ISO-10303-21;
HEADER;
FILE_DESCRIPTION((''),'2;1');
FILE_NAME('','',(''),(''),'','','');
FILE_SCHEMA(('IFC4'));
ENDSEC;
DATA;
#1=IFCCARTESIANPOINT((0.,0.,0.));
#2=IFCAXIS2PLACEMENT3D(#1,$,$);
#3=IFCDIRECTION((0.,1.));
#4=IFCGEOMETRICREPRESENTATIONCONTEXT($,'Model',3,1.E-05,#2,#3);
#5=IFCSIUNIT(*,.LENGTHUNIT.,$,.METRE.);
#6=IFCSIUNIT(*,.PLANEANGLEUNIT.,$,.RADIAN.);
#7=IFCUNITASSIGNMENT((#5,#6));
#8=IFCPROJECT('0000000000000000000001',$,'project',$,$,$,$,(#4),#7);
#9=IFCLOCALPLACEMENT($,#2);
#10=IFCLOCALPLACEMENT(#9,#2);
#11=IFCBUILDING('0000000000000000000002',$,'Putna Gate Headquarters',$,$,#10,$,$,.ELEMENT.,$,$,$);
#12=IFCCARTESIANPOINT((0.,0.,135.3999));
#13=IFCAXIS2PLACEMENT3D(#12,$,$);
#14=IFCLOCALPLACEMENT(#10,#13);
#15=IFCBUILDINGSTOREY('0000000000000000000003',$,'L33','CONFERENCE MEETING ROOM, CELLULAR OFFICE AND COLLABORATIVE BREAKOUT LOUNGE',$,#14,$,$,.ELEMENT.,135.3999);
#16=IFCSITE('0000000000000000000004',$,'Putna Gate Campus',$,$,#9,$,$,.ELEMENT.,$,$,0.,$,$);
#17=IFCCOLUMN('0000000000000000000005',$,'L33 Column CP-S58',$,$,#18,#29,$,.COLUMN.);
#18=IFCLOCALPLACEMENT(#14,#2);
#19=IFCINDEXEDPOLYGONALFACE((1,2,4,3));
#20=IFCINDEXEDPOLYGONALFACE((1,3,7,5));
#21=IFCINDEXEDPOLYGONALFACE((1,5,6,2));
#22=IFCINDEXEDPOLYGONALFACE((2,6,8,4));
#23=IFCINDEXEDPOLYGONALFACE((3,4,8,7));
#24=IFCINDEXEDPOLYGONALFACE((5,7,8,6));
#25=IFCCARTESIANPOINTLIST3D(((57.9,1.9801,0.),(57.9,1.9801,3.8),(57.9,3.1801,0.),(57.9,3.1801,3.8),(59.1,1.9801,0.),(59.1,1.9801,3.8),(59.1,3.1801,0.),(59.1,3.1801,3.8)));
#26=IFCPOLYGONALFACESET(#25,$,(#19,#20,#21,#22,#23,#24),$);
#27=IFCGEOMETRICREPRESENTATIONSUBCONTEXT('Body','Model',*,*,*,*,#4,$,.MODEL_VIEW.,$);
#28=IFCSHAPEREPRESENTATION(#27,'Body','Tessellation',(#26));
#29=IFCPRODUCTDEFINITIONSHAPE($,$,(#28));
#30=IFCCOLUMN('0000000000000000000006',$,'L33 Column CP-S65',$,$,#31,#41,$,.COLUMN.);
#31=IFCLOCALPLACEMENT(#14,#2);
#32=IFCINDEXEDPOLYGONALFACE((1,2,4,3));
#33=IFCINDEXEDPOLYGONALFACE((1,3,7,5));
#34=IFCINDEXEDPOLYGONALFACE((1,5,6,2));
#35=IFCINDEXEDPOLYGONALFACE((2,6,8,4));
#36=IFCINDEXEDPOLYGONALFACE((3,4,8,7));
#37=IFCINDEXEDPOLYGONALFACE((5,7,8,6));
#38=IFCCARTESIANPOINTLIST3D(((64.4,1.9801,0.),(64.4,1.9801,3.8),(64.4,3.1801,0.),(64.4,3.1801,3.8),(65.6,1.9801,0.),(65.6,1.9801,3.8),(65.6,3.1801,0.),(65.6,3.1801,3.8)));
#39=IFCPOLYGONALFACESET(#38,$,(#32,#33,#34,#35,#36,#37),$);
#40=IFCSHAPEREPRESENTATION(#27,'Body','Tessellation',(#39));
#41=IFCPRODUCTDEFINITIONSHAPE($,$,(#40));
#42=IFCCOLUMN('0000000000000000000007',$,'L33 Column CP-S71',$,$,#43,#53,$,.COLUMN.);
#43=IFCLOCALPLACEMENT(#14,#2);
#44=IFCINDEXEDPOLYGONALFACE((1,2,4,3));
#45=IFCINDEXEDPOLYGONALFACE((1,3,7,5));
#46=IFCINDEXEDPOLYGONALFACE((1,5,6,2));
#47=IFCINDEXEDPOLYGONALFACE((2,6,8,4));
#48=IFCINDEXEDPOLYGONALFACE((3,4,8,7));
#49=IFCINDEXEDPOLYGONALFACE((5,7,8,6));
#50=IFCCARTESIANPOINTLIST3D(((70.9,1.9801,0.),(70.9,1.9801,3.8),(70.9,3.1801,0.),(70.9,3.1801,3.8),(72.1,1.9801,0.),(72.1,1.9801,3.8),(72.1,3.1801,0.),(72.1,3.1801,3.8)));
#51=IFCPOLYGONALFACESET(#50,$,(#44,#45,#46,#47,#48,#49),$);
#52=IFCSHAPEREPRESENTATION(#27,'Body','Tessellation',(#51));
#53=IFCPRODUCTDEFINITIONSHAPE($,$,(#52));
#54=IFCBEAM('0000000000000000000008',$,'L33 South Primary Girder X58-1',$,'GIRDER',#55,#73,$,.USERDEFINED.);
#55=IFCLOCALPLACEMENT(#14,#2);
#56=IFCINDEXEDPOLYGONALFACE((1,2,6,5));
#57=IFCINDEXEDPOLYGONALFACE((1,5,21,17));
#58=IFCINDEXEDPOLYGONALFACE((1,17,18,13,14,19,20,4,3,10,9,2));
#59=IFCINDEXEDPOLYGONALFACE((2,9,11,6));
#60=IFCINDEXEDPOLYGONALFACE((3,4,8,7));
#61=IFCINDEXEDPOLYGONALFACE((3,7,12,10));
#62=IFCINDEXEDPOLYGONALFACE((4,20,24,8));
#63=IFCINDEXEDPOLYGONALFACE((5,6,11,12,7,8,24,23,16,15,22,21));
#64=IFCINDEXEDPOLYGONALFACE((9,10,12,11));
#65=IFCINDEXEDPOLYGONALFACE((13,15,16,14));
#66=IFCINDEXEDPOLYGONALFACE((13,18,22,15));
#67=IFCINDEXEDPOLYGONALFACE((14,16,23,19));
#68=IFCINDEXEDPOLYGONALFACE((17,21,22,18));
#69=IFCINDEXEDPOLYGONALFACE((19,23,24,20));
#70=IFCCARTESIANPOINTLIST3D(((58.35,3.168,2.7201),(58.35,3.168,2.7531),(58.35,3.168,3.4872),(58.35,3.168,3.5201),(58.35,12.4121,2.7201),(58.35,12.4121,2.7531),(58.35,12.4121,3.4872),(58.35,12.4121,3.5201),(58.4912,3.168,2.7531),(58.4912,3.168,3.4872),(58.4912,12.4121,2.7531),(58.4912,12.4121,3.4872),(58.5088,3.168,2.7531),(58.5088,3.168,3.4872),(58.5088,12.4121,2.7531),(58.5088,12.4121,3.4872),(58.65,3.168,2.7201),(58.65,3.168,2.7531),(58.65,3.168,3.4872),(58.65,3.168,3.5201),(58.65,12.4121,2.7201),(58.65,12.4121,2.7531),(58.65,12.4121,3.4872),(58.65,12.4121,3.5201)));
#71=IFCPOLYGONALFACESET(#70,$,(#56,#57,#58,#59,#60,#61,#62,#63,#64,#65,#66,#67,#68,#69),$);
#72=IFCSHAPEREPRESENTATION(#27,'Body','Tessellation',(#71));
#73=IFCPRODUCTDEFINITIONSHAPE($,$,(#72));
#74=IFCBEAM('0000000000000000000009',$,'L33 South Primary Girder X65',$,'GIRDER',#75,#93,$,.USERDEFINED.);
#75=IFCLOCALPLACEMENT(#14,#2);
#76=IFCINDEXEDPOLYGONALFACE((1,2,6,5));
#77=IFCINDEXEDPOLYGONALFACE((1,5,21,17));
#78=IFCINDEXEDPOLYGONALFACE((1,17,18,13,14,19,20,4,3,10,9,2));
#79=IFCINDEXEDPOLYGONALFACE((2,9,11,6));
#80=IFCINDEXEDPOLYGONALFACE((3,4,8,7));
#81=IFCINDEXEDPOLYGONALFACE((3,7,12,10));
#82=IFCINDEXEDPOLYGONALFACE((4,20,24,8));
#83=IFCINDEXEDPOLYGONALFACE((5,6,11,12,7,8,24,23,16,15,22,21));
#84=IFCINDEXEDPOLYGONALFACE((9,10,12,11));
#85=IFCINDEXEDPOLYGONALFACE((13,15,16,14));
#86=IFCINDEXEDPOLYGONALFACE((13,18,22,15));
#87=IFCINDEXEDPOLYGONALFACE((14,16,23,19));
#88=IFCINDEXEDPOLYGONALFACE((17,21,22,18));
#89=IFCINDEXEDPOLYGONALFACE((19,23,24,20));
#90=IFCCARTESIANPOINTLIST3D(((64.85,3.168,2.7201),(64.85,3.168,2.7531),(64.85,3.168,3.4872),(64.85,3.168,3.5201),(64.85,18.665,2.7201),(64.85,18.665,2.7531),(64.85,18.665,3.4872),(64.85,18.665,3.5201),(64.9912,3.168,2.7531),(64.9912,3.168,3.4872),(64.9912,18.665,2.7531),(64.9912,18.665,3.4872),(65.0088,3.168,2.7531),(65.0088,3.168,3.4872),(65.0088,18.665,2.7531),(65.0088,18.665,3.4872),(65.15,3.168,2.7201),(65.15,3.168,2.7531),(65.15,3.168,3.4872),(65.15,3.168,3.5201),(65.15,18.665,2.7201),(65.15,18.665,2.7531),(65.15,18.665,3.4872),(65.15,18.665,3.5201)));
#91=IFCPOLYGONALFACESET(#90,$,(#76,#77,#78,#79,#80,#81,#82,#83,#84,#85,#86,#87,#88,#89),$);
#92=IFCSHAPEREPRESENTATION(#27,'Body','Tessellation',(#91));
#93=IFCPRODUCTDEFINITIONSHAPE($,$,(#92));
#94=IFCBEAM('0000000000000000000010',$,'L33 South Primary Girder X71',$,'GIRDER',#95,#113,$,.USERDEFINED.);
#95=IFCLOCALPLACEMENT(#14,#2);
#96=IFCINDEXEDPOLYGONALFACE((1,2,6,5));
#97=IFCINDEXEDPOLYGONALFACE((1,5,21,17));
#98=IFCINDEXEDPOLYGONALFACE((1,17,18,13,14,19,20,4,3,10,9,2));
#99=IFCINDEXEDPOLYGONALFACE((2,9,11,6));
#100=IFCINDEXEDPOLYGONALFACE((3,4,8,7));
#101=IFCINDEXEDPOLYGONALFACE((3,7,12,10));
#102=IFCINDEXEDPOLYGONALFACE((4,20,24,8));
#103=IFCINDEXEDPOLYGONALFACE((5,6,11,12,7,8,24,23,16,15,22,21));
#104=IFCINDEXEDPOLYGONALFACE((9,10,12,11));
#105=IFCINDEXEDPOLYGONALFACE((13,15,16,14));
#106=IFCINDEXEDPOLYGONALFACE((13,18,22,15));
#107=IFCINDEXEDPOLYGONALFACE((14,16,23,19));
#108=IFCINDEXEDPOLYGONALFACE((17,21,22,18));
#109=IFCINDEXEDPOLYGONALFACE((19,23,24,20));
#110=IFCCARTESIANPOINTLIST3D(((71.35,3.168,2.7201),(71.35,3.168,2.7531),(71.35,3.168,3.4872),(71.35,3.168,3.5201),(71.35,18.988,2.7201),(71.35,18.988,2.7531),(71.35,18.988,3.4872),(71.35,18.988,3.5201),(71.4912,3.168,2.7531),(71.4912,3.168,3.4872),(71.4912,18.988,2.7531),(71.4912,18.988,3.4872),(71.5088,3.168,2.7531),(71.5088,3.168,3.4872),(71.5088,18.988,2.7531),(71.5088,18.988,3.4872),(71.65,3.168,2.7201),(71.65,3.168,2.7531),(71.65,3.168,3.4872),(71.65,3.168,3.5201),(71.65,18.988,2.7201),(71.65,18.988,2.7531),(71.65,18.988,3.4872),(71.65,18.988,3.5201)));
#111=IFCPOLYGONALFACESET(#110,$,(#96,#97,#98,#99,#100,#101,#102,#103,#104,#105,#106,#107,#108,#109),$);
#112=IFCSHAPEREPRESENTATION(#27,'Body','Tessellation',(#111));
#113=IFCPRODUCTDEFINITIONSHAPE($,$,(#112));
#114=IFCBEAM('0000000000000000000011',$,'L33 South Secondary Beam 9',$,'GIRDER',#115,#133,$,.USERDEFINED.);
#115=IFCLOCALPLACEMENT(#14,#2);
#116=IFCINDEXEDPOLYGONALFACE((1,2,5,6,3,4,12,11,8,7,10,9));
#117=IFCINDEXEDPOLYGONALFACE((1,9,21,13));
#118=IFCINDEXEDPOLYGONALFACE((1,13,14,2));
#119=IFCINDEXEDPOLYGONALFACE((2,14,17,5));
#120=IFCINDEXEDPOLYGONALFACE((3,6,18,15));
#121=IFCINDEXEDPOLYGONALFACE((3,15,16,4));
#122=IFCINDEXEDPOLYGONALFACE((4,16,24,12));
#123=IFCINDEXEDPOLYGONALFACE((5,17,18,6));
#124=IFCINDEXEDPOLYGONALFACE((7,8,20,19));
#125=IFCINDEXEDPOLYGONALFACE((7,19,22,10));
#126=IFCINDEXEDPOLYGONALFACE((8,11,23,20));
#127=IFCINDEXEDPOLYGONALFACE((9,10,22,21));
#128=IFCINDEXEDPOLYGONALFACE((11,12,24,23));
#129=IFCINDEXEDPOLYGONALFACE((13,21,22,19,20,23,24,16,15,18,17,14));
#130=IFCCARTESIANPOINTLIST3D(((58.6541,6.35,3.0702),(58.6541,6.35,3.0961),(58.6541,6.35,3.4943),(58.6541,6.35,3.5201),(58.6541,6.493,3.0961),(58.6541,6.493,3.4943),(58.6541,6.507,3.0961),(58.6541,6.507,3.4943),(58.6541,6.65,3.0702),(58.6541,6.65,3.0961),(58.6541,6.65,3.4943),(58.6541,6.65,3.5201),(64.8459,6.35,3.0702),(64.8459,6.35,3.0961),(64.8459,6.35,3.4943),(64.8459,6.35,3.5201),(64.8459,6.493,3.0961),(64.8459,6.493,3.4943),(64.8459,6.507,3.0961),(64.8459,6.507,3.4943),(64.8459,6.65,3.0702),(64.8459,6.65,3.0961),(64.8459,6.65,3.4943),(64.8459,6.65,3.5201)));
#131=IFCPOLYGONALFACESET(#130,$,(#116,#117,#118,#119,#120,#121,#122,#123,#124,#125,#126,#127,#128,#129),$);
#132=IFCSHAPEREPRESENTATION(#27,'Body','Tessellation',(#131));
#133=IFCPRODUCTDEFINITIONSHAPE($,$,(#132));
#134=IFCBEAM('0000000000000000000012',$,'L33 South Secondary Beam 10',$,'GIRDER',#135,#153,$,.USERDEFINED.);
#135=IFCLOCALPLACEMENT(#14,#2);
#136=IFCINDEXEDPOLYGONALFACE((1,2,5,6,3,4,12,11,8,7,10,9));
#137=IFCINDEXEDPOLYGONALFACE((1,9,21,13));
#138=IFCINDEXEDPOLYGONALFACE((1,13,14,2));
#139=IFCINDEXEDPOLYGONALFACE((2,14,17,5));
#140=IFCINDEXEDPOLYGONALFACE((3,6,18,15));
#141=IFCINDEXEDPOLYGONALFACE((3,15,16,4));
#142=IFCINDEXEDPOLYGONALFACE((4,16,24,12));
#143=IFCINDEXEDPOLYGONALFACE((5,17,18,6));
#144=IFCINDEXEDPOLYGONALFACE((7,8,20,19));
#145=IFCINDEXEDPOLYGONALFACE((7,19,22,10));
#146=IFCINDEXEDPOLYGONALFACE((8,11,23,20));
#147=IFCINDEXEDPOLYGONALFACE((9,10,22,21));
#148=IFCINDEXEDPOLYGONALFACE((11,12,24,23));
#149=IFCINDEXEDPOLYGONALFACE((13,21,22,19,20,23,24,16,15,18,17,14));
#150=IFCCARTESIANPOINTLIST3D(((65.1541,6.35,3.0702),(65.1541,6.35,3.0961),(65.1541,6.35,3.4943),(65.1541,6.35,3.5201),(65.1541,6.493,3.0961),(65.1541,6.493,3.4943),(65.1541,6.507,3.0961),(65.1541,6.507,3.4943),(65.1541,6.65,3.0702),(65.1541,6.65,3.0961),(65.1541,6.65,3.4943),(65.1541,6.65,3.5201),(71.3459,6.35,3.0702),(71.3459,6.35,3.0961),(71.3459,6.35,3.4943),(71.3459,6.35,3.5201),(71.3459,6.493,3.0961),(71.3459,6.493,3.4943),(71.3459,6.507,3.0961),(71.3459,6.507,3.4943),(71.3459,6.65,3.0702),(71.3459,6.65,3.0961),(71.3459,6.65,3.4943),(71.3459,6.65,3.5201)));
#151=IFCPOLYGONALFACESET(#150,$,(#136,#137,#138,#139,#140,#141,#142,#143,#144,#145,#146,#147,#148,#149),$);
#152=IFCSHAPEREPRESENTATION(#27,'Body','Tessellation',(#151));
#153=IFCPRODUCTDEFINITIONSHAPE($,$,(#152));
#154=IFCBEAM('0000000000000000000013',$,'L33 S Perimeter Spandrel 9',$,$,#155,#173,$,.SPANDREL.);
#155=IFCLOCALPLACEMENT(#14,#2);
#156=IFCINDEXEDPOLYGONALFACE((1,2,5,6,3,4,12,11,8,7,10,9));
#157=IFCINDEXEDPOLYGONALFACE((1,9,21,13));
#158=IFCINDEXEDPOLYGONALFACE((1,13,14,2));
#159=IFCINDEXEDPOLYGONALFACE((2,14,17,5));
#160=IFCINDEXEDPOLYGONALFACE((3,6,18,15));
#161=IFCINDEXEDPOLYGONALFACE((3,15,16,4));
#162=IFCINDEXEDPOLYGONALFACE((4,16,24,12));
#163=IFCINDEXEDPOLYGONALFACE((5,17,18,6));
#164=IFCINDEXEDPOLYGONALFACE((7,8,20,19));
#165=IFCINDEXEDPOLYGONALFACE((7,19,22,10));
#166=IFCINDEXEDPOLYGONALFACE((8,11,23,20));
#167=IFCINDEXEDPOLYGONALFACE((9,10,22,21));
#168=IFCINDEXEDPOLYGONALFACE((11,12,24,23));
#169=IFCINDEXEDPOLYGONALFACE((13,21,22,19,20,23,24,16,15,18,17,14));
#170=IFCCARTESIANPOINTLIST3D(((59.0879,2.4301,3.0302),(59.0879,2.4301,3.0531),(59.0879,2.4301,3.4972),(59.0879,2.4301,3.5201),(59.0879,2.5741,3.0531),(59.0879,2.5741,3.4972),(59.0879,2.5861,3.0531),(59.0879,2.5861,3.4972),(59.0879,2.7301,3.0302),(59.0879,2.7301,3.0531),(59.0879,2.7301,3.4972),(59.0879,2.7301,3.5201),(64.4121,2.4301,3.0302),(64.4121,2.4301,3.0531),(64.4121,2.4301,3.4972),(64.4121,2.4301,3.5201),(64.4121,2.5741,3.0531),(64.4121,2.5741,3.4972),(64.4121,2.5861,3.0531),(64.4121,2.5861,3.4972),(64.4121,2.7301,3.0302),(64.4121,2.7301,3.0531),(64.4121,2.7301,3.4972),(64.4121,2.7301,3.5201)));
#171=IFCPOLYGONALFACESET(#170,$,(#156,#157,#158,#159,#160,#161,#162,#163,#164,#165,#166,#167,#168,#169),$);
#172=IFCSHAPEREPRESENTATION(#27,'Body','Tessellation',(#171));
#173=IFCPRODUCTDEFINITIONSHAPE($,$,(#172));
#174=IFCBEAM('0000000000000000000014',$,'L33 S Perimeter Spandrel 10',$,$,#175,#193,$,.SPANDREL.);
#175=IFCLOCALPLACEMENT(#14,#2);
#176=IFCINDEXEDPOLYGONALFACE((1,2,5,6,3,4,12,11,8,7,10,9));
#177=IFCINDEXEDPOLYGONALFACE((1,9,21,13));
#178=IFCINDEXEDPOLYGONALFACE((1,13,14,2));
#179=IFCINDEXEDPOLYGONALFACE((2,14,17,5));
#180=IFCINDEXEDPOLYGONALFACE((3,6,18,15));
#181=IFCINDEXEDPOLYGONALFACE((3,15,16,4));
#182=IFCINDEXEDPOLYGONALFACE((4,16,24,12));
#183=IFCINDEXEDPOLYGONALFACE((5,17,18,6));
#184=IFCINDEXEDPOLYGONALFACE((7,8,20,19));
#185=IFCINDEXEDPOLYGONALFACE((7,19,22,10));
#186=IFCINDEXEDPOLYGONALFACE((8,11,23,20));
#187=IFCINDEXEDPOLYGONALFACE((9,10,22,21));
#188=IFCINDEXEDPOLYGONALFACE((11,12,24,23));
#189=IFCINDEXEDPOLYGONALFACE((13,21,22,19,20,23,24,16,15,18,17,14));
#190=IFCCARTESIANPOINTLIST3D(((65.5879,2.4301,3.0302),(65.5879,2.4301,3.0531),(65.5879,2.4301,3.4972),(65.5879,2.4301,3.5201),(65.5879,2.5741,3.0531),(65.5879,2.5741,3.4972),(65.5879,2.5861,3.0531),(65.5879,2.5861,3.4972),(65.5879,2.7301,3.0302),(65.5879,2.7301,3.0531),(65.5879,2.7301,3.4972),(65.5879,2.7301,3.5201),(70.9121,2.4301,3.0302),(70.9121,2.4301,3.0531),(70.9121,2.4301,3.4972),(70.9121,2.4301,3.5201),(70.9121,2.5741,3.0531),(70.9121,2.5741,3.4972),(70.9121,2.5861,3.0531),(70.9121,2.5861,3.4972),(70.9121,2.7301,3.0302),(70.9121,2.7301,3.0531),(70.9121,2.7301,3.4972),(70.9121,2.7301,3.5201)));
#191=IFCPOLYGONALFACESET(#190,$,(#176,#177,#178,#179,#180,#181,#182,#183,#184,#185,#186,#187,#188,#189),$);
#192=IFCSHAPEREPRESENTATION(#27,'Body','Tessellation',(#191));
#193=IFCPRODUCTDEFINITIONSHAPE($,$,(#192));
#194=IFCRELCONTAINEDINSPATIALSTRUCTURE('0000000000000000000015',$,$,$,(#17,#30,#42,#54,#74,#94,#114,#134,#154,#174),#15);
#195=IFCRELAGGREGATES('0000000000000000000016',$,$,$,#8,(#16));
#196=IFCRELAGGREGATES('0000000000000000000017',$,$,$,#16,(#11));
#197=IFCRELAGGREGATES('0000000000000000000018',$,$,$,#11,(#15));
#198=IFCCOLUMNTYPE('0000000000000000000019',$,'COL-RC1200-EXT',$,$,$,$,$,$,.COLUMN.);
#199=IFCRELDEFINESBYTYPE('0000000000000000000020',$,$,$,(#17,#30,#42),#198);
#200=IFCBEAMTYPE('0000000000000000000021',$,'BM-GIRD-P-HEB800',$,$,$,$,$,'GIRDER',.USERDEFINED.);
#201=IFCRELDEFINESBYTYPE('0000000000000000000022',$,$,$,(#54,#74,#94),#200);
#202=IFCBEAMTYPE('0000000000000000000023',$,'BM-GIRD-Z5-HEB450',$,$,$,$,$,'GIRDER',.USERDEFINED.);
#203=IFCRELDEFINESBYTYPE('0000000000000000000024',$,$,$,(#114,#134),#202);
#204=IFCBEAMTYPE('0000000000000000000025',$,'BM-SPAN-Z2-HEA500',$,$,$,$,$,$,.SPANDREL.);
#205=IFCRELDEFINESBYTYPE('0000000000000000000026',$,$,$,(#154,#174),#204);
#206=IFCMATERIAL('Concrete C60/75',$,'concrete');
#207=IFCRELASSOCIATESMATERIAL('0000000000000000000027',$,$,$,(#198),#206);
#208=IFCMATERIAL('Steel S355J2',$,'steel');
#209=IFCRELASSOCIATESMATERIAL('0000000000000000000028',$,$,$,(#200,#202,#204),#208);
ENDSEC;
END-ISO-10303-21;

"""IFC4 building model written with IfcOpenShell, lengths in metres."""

from ifc_helpers import new_model, si_unit, direction, frame, origin, origin_2d, place, context, subcontext, project, spatial, rectangle, i_section, extrude, material, material_profile, profile_set, type_object, element, save


model = new_model("IFC4")

# Units and contexts
model_context = context("Model", 3, precision=1e-05, world=origin(), true_north=direction((0.0, 1.0)))
body_context = subcontext(model_context, "Body", "Model", "MODEL_VIEW")
ifc_project = project(units=[si_unit("LENGTHUNIT", "METRE"), si_unit("PLANEANGLEUNIT", "RADIAN")], contexts=[model_context])

# Site, building, storey
site_placement = place(None, origin())
site = spatial("IfcSite", under=ifc_project, at=site_placement, Name="Putna Gate Campus", CompositionType="ELEMENT", RefElevation=0.0)
building_placement = place(site_placement, origin())
building = spatial("IfcBuilding", under=site, at=building_placement, Name="Putna Gate Headquarters", CompositionType="ELEMENT")
storey_placement = place(building_placement, frame((0.0, 0.0, 135.3999)))
storey = spatial("IfcBuildingStorey", under=building, at=storey_placement, Name="L33", Description="CONFERENCE MEETING ROOM, CELLULAR OFFICE AND COLLABORATIVE BREAKOUT LOUNGE", CompositionType="ELEMENT", Elevation=135.3999)

# Columns
ifc_material_1 = material(Name="Concrete C60/75", Category="concrete")
ifc_material_profile_1 = material_profile(ifc_material_1, rectangle(XDim=1.2, YDim=1.2, at=origin_2d()), Name="Concrete C60/75")
ifc_profile_set_1 = profile_set([ifc_material_profile_1], Name="Concrete C60/75")
column_type = type_object("IfcColumnType", Name="COL-RC1200-EXT", PredefinedType="COLUMN", material=ifc_profile_set_1)
for number, where, z_axis, x_axis, name in (
    (1, (58.5, 2.5801, 0.0), (0.0, 0.0, 1.0), (1.0, 0.0, 0.0), "L33 Column CP-S58"),
    (2, (65.0, 2.5801, 0.0), (0.0, 0.0, 1.0), (1.0, 0.0, 0.0), "L33 Column CP-S65"),
    (3, (71.5, 2.5801, 0.0), (0.0, 0.0, 1.0), (1.0, 0.0, 0.0), "L33 Column CP-S71"),
):
    element("IfcColumn", number, at=place(storey_placement, frame(where, z_axis=z_axis, x_axis=x_axis)), inside=storey, type_object=column_type, Name=name, PredefinedType="COLUMN", context=body_context, shape_type="SweptSolid", body=[
        extrude(rectangle(XDim=1.2, YDim=1.2, at=origin_2d()), origin(), (0.0, 0.0, 1.0), 3.8),
    ])

# Beams
ifc_material_2 = material(Name="Steel S355J2", Category="steel")
ifc_material_profile_2 = material_profile(ifc_material_2, i_section(OverallWidth=0.3, OverallDepth=0.8, WebThickness=0.0176, FlangeThickness=0.033, at=origin_2d()), Name="Steel S355J2")
ifc_profile_set_2 = profile_set([ifc_material_profile_2], Name="Steel S355J2")
beam_type_1 = type_object("IfcBeamType", Name="BM-GIRD-P-HEB800", ElementType="GIRDER", PredefinedType="USERDEFINED", material=ifc_profile_set_2)
beam_1_placement = place(storey_placement, frame((58.5, 3.168, 3.1201), z_axis=(0.0, 1.0, 0.0), x_axis=(-1.0, 0.0, 0.0)))
element("IfcBeam", 4, at=beam_1_placement, inside=storey, type_object=beam_type_1, Name="L33 South Primary Girder X58-1", ObjectType="GIRDER", PredefinedType="USERDEFINED", context=body_context, shape_type="SweptSolid", body=[
    extrude(i_section(OverallWidth=0.3, OverallDepth=0.8, WebThickness=0.0176, FlangeThickness=0.033, at=origin_2d()), origin(), (0.0, 0.0, 1.0), 9.2441),
])
beam_2_placement = place(storey_placement, frame((65.0, 3.168, 3.1201), z_axis=(0.0, 1.0, 0.0), x_axis=(-1.0, 0.0, 0.0)))
element("IfcBeam", 5, at=beam_2_placement, inside=storey, type_object=beam_type_1, Name="L33 South Primary Girder X65", ObjectType="GIRDER", PredefinedType="USERDEFINED", context=body_context, shape_type="SweptSolid", body=[
    extrude(i_section(OverallWidth=0.3, OverallDepth=0.8, WebThickness=0.0176, FlangeThickness=0.033, at=origin_2d()), origin(), (0.0, 0.0, 1.0), 15.4971),
])
beam_3_placement = place(storey_placement, frame((71.5, 3.168, 3.1201), z_axis=(0.0, 1.0, 0.0), x_axis=(-1.0, 0.0, 0.0)))
element("IfcBeam", 6, at=beam_3_placement, inside=storey, type_object=beam_type_1, Name="L33 South Primary Girder X71", ObjectType="GIRDER", PredefinedType="USERDEFINED", context=body_context, shape_type="SweptSolid", body=[
    extrude(i_section(OverallWidth=0.3, OverallDepth=0.8, WebThickness=0.0176, FlangeThickness=0.033, at=origin_2d()), origin(), (0.0, 0.0, 1.0), 15.8201),
])
ifc_material_profile_3 = material_profile(ifc_material_2, i_section(OverallWidth=0.3, OverallDepth=0.45, WebThickness=0.0139, FlangeThickness=0.0259, at=origin_2d()), Name="Steel S355J2")
ifc_profile_set_3 = profile_set([ifc_material_profile_3], Name="Steel S355J2")
beam_type_2 = type_object("IfcBeamType", Name="BM-GIRD-Z5-HEB450", ElementType="GIRDER", PredefinedType="USERDEFINED", material=ifc_profile_set_3)
for number, where, z_axis, x_axis, name in (
    (7, (58.6541, 6.5, 3.2952), (1.0, 0.0, 0.0), (0.0, 1.0, 0.0), "L33 South Secondary Beam 9"),
    (8, (65.1541, 6.5, 3.2952), (1.0, 0.0, 0.0), (0.0, 1.0, 0.0), "L33 South Secondary Beam 10"),
):
    element("IfcBeam", number, at=place(storey_placement, frame(where, z_axis=z_axis, x_axis=x_axis)), inside=storey, type_object=beam_type_2, Name=name, ObjectType="GIRDER", PredefinedType="USERDEFINED", context=body_context, shape_type="SweptSolid", body=[
        extrude(i_section(OverallWidth=0.3, OverallDepth=0.45, WebThickness=0.0139, FlangeThickness=0.0259, at=origin_2d()), origin(), (0.0, 0.0, 1.0), 6.1919),
    ])
ifc_material_profile_4 = material_profile(ifc_material_2, i_section(OverallWidth=0.3, OverallDepth=0.49, WebThickness=0.012, FlangeThickness=0.0229, at=origin_2d()), Name="Steel S355J2")
ifc_profile_set_4 = profile_set([ifc_material_profile_4], Name="Steel S355J2")
beam_type_3 = type_object("IfcBeamType", Name="BM-SPAN-Z2-HEA500", PredefinedType="SPANDREL", material=ifc_profile_set_4)
for number, where, z_axis, x_axis, name in (
    (9, (59.0879, 2.5801, 3.2751), (1.0, 0.0, 0.0), (0.0, 1.0, 0.0), "L33 S Perimeter Spandrel 9"),
    (10, (65.5879, 2.5801, 3.2751), (1.0, 0.0, 0.0), (0.0, 1.0, 0.0), "L33 S Perimeter Spandrel 10"),
):
    element("IfcBeam", number, at=place(storey_placement, frame(where, z_axis=z_axis, x_axis=x_axis)), inside=storey, type_object=beam_type_3, Name=name, PredefinedType="SPANDREL", context=body_context, shape_type="SweptSolid", body=[
        extrude(i_section(OverallWidth=0.3, OverallDepth=0.49, WebThickness=0.012, FlangeThickness=0.0229, at=origin_2d()), origin(), (0.0, 0.0, 1.0), 5.3242),
    ])

save(model, "model.ifc")
